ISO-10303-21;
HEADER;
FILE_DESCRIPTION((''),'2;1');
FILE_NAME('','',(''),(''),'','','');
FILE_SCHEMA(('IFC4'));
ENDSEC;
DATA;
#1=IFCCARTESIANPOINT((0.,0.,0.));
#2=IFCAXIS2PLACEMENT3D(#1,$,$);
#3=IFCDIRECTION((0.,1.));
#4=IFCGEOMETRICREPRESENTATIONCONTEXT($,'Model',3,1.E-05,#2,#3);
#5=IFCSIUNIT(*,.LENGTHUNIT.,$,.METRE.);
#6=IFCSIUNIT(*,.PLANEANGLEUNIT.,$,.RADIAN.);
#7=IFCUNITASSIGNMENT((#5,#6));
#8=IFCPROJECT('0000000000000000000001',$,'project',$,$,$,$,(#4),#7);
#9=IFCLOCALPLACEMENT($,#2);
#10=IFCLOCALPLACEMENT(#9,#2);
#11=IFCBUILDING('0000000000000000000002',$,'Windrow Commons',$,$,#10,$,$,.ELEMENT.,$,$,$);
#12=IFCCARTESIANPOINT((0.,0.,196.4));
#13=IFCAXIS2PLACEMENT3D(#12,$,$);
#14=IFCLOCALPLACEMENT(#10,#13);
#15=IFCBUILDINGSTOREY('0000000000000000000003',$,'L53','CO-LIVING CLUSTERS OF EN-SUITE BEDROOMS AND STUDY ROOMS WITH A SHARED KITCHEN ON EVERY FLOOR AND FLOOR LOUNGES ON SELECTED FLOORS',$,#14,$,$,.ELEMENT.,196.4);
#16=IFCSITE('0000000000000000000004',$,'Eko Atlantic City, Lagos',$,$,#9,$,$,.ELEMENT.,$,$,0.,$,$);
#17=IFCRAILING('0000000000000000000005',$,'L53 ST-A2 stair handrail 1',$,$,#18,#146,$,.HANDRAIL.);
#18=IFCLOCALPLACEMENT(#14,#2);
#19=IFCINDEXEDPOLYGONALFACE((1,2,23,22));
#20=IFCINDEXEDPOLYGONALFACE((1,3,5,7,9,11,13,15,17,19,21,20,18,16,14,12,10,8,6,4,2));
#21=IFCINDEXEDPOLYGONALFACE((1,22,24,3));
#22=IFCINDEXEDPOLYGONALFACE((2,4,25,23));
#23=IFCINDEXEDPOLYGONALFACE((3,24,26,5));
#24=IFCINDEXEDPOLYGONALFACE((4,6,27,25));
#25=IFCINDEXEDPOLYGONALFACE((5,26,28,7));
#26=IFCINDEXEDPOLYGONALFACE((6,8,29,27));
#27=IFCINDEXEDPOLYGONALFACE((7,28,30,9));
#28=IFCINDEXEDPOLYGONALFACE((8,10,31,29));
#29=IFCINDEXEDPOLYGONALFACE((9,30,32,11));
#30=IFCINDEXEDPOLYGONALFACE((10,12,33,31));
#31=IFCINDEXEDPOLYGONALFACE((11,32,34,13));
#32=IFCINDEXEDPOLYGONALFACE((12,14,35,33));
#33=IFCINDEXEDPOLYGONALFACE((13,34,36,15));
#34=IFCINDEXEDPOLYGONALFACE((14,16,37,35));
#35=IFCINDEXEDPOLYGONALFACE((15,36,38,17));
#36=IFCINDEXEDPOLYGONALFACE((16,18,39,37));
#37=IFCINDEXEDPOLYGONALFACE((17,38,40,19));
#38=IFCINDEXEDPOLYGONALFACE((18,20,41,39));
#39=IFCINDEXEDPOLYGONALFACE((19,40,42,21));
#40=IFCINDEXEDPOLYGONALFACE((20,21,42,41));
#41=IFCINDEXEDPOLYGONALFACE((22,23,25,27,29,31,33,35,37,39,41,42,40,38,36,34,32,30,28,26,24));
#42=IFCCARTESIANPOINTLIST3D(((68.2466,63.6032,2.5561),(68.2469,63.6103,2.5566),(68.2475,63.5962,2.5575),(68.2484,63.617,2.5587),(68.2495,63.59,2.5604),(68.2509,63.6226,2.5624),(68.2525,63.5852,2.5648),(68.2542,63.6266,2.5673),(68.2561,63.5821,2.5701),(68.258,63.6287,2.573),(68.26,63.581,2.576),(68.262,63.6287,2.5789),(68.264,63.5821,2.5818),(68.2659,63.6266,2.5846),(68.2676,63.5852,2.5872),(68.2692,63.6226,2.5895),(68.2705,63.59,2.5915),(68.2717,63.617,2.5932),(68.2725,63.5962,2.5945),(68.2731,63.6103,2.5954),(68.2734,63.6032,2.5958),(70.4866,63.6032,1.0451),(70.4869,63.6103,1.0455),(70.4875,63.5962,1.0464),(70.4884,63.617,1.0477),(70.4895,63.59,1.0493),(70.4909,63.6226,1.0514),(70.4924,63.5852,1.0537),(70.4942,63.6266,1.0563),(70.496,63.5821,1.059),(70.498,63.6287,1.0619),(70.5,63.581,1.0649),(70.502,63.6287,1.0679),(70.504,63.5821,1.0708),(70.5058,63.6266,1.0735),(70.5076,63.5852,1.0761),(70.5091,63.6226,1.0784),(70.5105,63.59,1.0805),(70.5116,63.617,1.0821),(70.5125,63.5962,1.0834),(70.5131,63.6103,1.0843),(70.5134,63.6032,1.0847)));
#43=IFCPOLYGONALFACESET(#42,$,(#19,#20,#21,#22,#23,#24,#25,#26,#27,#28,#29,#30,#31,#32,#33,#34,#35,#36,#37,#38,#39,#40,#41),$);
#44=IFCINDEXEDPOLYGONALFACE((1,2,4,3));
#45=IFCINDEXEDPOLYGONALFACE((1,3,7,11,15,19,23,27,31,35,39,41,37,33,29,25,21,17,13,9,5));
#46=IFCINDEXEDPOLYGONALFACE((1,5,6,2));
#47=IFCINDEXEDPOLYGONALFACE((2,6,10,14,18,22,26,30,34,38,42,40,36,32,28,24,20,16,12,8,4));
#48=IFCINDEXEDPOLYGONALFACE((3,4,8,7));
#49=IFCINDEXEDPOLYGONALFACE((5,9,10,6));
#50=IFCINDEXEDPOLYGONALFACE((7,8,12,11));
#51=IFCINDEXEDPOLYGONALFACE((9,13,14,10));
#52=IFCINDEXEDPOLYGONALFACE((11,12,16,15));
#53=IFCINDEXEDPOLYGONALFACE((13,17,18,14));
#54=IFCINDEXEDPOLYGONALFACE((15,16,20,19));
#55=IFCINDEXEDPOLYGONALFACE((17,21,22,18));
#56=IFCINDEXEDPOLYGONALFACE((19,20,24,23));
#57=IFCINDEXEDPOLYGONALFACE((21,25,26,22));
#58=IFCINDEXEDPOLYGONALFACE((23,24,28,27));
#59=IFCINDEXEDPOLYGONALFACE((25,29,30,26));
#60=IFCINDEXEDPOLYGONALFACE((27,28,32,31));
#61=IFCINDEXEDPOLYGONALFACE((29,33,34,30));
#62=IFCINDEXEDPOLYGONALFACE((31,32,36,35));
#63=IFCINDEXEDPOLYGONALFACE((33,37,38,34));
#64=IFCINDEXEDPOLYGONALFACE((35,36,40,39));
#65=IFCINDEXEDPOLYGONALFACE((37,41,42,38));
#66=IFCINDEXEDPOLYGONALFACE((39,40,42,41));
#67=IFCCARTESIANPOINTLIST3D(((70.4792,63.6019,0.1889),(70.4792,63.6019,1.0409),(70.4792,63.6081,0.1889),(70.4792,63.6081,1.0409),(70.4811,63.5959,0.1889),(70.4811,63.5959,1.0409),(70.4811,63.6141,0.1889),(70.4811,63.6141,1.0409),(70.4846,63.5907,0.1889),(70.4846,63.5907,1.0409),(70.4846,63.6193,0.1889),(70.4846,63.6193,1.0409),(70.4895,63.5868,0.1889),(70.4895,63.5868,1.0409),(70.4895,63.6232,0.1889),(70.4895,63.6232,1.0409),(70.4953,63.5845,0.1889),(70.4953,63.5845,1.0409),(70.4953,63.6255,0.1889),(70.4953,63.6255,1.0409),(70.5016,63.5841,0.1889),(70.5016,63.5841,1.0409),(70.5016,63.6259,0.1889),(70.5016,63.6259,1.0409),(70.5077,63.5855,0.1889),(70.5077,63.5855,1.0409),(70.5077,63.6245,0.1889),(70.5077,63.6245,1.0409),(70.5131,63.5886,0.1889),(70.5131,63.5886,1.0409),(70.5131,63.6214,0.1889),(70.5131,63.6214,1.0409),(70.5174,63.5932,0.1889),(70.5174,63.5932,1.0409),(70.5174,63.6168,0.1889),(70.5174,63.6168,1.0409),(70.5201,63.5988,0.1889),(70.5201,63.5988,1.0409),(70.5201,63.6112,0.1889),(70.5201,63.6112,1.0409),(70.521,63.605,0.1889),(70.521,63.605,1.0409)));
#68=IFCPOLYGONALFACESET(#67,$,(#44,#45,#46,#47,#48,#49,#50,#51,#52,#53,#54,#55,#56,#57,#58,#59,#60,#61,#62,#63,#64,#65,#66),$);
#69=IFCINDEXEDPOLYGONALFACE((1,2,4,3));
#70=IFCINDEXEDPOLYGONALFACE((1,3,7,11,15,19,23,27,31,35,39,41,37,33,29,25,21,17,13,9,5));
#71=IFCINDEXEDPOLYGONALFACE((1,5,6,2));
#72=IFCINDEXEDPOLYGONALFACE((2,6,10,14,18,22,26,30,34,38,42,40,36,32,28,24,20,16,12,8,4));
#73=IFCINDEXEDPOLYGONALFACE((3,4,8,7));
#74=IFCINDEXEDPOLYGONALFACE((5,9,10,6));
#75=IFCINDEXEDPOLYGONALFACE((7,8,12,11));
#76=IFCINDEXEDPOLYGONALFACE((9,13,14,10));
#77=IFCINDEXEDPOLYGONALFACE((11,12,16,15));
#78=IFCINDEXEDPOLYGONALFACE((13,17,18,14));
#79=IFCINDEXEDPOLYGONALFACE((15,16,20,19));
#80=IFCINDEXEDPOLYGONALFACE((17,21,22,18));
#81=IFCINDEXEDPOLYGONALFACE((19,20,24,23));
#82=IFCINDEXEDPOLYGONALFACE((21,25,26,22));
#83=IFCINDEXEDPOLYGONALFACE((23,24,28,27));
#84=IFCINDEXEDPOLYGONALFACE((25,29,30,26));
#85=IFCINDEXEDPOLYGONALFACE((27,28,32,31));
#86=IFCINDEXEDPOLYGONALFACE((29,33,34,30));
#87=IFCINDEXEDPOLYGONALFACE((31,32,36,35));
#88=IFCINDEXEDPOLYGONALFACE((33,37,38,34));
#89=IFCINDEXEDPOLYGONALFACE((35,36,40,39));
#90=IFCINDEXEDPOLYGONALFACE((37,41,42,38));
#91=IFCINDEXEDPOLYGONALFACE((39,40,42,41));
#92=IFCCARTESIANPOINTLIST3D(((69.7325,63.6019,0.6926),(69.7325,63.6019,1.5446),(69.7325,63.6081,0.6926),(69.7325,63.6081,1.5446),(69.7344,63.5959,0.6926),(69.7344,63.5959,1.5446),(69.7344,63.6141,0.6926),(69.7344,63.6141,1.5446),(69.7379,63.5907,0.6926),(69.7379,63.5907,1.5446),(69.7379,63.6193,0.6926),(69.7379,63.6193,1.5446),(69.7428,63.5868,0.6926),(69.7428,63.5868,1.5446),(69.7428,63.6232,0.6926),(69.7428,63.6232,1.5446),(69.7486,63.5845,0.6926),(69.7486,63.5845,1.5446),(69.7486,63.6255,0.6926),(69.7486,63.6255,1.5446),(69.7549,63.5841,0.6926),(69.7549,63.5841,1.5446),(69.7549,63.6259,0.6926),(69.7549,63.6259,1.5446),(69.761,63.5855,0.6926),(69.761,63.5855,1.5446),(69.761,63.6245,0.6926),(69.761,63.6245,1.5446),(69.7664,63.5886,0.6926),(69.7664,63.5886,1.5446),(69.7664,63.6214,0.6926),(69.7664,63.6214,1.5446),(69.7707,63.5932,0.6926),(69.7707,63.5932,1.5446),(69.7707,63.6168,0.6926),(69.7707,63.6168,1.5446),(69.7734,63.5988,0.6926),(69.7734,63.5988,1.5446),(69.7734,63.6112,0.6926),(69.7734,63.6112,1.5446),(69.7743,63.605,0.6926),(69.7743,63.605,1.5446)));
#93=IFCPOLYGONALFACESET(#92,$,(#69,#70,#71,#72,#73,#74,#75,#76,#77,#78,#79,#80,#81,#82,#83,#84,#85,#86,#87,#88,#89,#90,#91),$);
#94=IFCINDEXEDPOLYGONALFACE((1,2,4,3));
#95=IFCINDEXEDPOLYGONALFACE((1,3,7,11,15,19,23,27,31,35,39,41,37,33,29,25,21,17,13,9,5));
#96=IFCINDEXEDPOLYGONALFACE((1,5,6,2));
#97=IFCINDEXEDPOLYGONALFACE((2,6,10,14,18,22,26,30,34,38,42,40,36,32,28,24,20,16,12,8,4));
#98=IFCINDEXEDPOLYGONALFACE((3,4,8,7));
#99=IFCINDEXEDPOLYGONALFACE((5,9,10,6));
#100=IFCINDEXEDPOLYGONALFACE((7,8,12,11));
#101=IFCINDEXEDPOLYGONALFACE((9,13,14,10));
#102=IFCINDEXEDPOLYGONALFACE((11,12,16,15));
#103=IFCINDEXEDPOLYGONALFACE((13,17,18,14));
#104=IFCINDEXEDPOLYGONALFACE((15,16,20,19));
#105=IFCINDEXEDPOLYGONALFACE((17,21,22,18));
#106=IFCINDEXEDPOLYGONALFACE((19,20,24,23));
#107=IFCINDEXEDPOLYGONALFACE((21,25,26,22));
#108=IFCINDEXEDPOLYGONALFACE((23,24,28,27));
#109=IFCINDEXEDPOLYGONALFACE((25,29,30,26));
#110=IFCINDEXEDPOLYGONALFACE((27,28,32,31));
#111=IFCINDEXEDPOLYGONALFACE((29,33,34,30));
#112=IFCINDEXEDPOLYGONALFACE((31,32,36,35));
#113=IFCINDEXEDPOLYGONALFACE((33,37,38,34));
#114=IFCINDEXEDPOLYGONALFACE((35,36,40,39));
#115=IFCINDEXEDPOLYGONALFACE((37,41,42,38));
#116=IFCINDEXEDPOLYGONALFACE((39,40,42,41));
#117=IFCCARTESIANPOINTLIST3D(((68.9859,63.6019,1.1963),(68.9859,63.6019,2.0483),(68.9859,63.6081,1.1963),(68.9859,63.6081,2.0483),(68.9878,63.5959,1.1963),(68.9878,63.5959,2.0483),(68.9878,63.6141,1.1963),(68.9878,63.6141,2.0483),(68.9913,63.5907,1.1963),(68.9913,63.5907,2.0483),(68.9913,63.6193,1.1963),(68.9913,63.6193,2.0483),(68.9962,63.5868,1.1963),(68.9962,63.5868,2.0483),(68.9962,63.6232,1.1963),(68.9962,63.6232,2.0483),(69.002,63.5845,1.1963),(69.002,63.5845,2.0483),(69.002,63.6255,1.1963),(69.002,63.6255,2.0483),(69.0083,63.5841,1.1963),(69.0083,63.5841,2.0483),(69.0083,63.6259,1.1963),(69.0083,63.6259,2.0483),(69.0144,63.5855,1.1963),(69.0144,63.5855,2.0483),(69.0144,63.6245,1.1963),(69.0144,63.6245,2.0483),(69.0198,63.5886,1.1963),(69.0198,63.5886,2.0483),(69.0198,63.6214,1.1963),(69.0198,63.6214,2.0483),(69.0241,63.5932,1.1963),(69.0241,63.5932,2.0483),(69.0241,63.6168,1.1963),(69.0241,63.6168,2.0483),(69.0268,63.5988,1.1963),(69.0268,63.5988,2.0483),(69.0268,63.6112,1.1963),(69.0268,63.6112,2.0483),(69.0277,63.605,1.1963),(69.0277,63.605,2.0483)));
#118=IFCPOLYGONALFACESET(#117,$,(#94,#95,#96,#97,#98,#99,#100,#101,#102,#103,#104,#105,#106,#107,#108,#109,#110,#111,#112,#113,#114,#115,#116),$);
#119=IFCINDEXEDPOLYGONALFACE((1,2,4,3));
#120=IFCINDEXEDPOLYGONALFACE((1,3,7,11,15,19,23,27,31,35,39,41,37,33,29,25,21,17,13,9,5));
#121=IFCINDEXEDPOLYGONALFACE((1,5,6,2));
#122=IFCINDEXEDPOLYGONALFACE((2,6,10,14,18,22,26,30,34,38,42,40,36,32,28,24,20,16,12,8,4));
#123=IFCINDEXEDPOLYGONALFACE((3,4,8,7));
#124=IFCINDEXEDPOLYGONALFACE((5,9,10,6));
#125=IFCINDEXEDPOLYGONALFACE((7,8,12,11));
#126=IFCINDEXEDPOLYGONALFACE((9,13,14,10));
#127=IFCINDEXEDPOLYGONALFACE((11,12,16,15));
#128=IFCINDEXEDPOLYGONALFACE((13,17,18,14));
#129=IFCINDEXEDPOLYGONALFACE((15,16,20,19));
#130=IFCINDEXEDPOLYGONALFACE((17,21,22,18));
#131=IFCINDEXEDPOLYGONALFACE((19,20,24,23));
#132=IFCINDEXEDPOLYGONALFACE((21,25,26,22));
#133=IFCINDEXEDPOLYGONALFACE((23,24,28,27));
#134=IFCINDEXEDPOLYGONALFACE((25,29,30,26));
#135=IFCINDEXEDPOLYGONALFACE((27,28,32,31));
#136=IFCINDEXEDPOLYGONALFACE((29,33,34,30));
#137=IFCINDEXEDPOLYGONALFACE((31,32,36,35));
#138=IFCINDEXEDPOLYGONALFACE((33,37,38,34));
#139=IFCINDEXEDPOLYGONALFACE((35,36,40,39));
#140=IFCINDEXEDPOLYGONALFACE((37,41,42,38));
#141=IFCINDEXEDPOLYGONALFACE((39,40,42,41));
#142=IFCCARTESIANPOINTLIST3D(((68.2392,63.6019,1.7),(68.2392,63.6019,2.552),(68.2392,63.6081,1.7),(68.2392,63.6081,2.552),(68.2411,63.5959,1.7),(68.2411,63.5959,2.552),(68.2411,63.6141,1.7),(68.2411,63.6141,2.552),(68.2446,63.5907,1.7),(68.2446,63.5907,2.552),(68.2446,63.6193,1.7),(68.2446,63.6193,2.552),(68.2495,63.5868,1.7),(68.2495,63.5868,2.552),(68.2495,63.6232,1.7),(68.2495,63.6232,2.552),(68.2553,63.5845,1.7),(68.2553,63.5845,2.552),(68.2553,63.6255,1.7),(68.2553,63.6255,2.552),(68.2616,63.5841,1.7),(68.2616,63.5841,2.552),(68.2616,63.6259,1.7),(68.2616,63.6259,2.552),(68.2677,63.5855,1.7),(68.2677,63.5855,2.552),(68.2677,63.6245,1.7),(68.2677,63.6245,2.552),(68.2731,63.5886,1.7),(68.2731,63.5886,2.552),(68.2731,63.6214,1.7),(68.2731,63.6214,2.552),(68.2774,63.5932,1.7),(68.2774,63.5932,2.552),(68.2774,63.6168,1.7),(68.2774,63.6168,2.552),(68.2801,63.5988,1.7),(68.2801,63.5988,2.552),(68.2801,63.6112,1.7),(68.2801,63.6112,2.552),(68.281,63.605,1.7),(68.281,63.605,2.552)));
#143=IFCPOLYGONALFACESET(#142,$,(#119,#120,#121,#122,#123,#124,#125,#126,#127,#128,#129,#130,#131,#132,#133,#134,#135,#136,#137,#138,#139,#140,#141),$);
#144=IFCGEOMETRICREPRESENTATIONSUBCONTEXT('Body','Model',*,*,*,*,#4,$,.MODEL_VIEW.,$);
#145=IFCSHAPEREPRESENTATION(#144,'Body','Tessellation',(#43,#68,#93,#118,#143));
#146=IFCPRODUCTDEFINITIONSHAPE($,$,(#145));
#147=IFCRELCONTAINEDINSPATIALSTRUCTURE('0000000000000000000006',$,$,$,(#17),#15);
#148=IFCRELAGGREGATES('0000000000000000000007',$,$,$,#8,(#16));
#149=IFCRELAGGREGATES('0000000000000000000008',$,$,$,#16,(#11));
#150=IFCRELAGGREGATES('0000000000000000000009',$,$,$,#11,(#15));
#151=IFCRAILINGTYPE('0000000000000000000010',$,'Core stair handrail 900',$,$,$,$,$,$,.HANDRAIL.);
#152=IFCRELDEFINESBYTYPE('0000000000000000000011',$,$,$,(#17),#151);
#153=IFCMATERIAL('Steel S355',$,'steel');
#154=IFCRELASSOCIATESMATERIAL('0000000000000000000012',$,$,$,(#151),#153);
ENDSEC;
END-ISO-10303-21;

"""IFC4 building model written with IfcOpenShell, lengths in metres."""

from ifc_helpers import new_model, si_unit, direction, frame, origin, origin_2d, place, context, subcontext, project, spatial, circle, extrude, material, type_object, element, save


model = new_model("IFC4")

# Units and contexts
model_context = context("Model", 3, precision=1e-05, world=origin(), true_north=direction((0.0, 1.0)))
body_context = subcontext(model_context, "Body", "Model", "MODEL_VIEW")
ifc_project = project(units=[si_unit("LENGTHUNIT", "METRE"), si_unit("PLANEANGLEUNIT", "RADIAN")], contexts=[model_context])

# Site, building, storey
site_placement = place(None, origin())
site = spatial("IfcSite", under=ifc_project, at=site_placement, Name="Eko Atlantic City, Lagos", CompositionType="ELEMENT", RefElevation=0.0)
building_placement = place(site_placement, origin())
building = spatial("IfcBuilding", under=site, at=building_placement, Name="Windrow Commons", CompositionType="ELEMENT")
storey_placement = place(building_placement, frame((0.0, 0.0, 196.4)))
storey = spatial("IfcBuildingStorey", under=building, at=storey_placement, Name="L53", Description="CO-LIVING CLUSTERS OF EN-SUITE BEDROOMS AND STUDY ROOMS WITH A SHARED KITCHEN ON EVERY FLOOR AND FLOOR LOUNGES ON SELECTED FLOORS", CompositionType="ELEMENT", Elevation=196.4)

# Railing
ifc_material_1 = material(Name="Steel S355", Category="steel")
railing_type_1 = type_object("IfcRailingType", Name="Core stair handrail 900", PredefinedType="HANDRAIL", material=ifc_material_1)
railing_1_placement = place(storey_placement, frame((70.5, 63.605, 0.1889)))
element("IfcRailing", 1, at=railing_1_placement, inside=storey, type_object=railing_type_1, Name="L53 ST-A2 stair handrail 1", PredefinedType="HANDRAIL", context=body_context, shape_type="SweptSolid", body=[
    extrude(circle(Radius=0.024, at=origin_2d()), frame((0.0, 0.0, 0.876), z_axis=(-0.829003, 0.0, 0.559244), x_axis=(0.0, -1.0, 0.0)), (0.0, 0.0, 1.0), 2.702),
    extrude(circle(Radius=0.021, at=origin_2d()), origin(), (0.0, 0.0, 1.0), 0.852),
    extrude(circle(Radius=0.021, at=origin_2d()), frame((-0.7467, 0.0, 0.5037)), (0.0, 0.0, 1.0), 0.852),
    extrude(circle(Radius=0.021, at=origin_2d()), frame((-1.4933, 0.0, 1.0074)), (0.0, 0.0, 1.0), 0.852),
    extrude(circle(Radius=0.021, at=origin_2d()), frame((-2.24, 0.0, 1.5111)), (0.0, 0.0, 1.0), 0.852),
])

save(model, "model.ifc")
